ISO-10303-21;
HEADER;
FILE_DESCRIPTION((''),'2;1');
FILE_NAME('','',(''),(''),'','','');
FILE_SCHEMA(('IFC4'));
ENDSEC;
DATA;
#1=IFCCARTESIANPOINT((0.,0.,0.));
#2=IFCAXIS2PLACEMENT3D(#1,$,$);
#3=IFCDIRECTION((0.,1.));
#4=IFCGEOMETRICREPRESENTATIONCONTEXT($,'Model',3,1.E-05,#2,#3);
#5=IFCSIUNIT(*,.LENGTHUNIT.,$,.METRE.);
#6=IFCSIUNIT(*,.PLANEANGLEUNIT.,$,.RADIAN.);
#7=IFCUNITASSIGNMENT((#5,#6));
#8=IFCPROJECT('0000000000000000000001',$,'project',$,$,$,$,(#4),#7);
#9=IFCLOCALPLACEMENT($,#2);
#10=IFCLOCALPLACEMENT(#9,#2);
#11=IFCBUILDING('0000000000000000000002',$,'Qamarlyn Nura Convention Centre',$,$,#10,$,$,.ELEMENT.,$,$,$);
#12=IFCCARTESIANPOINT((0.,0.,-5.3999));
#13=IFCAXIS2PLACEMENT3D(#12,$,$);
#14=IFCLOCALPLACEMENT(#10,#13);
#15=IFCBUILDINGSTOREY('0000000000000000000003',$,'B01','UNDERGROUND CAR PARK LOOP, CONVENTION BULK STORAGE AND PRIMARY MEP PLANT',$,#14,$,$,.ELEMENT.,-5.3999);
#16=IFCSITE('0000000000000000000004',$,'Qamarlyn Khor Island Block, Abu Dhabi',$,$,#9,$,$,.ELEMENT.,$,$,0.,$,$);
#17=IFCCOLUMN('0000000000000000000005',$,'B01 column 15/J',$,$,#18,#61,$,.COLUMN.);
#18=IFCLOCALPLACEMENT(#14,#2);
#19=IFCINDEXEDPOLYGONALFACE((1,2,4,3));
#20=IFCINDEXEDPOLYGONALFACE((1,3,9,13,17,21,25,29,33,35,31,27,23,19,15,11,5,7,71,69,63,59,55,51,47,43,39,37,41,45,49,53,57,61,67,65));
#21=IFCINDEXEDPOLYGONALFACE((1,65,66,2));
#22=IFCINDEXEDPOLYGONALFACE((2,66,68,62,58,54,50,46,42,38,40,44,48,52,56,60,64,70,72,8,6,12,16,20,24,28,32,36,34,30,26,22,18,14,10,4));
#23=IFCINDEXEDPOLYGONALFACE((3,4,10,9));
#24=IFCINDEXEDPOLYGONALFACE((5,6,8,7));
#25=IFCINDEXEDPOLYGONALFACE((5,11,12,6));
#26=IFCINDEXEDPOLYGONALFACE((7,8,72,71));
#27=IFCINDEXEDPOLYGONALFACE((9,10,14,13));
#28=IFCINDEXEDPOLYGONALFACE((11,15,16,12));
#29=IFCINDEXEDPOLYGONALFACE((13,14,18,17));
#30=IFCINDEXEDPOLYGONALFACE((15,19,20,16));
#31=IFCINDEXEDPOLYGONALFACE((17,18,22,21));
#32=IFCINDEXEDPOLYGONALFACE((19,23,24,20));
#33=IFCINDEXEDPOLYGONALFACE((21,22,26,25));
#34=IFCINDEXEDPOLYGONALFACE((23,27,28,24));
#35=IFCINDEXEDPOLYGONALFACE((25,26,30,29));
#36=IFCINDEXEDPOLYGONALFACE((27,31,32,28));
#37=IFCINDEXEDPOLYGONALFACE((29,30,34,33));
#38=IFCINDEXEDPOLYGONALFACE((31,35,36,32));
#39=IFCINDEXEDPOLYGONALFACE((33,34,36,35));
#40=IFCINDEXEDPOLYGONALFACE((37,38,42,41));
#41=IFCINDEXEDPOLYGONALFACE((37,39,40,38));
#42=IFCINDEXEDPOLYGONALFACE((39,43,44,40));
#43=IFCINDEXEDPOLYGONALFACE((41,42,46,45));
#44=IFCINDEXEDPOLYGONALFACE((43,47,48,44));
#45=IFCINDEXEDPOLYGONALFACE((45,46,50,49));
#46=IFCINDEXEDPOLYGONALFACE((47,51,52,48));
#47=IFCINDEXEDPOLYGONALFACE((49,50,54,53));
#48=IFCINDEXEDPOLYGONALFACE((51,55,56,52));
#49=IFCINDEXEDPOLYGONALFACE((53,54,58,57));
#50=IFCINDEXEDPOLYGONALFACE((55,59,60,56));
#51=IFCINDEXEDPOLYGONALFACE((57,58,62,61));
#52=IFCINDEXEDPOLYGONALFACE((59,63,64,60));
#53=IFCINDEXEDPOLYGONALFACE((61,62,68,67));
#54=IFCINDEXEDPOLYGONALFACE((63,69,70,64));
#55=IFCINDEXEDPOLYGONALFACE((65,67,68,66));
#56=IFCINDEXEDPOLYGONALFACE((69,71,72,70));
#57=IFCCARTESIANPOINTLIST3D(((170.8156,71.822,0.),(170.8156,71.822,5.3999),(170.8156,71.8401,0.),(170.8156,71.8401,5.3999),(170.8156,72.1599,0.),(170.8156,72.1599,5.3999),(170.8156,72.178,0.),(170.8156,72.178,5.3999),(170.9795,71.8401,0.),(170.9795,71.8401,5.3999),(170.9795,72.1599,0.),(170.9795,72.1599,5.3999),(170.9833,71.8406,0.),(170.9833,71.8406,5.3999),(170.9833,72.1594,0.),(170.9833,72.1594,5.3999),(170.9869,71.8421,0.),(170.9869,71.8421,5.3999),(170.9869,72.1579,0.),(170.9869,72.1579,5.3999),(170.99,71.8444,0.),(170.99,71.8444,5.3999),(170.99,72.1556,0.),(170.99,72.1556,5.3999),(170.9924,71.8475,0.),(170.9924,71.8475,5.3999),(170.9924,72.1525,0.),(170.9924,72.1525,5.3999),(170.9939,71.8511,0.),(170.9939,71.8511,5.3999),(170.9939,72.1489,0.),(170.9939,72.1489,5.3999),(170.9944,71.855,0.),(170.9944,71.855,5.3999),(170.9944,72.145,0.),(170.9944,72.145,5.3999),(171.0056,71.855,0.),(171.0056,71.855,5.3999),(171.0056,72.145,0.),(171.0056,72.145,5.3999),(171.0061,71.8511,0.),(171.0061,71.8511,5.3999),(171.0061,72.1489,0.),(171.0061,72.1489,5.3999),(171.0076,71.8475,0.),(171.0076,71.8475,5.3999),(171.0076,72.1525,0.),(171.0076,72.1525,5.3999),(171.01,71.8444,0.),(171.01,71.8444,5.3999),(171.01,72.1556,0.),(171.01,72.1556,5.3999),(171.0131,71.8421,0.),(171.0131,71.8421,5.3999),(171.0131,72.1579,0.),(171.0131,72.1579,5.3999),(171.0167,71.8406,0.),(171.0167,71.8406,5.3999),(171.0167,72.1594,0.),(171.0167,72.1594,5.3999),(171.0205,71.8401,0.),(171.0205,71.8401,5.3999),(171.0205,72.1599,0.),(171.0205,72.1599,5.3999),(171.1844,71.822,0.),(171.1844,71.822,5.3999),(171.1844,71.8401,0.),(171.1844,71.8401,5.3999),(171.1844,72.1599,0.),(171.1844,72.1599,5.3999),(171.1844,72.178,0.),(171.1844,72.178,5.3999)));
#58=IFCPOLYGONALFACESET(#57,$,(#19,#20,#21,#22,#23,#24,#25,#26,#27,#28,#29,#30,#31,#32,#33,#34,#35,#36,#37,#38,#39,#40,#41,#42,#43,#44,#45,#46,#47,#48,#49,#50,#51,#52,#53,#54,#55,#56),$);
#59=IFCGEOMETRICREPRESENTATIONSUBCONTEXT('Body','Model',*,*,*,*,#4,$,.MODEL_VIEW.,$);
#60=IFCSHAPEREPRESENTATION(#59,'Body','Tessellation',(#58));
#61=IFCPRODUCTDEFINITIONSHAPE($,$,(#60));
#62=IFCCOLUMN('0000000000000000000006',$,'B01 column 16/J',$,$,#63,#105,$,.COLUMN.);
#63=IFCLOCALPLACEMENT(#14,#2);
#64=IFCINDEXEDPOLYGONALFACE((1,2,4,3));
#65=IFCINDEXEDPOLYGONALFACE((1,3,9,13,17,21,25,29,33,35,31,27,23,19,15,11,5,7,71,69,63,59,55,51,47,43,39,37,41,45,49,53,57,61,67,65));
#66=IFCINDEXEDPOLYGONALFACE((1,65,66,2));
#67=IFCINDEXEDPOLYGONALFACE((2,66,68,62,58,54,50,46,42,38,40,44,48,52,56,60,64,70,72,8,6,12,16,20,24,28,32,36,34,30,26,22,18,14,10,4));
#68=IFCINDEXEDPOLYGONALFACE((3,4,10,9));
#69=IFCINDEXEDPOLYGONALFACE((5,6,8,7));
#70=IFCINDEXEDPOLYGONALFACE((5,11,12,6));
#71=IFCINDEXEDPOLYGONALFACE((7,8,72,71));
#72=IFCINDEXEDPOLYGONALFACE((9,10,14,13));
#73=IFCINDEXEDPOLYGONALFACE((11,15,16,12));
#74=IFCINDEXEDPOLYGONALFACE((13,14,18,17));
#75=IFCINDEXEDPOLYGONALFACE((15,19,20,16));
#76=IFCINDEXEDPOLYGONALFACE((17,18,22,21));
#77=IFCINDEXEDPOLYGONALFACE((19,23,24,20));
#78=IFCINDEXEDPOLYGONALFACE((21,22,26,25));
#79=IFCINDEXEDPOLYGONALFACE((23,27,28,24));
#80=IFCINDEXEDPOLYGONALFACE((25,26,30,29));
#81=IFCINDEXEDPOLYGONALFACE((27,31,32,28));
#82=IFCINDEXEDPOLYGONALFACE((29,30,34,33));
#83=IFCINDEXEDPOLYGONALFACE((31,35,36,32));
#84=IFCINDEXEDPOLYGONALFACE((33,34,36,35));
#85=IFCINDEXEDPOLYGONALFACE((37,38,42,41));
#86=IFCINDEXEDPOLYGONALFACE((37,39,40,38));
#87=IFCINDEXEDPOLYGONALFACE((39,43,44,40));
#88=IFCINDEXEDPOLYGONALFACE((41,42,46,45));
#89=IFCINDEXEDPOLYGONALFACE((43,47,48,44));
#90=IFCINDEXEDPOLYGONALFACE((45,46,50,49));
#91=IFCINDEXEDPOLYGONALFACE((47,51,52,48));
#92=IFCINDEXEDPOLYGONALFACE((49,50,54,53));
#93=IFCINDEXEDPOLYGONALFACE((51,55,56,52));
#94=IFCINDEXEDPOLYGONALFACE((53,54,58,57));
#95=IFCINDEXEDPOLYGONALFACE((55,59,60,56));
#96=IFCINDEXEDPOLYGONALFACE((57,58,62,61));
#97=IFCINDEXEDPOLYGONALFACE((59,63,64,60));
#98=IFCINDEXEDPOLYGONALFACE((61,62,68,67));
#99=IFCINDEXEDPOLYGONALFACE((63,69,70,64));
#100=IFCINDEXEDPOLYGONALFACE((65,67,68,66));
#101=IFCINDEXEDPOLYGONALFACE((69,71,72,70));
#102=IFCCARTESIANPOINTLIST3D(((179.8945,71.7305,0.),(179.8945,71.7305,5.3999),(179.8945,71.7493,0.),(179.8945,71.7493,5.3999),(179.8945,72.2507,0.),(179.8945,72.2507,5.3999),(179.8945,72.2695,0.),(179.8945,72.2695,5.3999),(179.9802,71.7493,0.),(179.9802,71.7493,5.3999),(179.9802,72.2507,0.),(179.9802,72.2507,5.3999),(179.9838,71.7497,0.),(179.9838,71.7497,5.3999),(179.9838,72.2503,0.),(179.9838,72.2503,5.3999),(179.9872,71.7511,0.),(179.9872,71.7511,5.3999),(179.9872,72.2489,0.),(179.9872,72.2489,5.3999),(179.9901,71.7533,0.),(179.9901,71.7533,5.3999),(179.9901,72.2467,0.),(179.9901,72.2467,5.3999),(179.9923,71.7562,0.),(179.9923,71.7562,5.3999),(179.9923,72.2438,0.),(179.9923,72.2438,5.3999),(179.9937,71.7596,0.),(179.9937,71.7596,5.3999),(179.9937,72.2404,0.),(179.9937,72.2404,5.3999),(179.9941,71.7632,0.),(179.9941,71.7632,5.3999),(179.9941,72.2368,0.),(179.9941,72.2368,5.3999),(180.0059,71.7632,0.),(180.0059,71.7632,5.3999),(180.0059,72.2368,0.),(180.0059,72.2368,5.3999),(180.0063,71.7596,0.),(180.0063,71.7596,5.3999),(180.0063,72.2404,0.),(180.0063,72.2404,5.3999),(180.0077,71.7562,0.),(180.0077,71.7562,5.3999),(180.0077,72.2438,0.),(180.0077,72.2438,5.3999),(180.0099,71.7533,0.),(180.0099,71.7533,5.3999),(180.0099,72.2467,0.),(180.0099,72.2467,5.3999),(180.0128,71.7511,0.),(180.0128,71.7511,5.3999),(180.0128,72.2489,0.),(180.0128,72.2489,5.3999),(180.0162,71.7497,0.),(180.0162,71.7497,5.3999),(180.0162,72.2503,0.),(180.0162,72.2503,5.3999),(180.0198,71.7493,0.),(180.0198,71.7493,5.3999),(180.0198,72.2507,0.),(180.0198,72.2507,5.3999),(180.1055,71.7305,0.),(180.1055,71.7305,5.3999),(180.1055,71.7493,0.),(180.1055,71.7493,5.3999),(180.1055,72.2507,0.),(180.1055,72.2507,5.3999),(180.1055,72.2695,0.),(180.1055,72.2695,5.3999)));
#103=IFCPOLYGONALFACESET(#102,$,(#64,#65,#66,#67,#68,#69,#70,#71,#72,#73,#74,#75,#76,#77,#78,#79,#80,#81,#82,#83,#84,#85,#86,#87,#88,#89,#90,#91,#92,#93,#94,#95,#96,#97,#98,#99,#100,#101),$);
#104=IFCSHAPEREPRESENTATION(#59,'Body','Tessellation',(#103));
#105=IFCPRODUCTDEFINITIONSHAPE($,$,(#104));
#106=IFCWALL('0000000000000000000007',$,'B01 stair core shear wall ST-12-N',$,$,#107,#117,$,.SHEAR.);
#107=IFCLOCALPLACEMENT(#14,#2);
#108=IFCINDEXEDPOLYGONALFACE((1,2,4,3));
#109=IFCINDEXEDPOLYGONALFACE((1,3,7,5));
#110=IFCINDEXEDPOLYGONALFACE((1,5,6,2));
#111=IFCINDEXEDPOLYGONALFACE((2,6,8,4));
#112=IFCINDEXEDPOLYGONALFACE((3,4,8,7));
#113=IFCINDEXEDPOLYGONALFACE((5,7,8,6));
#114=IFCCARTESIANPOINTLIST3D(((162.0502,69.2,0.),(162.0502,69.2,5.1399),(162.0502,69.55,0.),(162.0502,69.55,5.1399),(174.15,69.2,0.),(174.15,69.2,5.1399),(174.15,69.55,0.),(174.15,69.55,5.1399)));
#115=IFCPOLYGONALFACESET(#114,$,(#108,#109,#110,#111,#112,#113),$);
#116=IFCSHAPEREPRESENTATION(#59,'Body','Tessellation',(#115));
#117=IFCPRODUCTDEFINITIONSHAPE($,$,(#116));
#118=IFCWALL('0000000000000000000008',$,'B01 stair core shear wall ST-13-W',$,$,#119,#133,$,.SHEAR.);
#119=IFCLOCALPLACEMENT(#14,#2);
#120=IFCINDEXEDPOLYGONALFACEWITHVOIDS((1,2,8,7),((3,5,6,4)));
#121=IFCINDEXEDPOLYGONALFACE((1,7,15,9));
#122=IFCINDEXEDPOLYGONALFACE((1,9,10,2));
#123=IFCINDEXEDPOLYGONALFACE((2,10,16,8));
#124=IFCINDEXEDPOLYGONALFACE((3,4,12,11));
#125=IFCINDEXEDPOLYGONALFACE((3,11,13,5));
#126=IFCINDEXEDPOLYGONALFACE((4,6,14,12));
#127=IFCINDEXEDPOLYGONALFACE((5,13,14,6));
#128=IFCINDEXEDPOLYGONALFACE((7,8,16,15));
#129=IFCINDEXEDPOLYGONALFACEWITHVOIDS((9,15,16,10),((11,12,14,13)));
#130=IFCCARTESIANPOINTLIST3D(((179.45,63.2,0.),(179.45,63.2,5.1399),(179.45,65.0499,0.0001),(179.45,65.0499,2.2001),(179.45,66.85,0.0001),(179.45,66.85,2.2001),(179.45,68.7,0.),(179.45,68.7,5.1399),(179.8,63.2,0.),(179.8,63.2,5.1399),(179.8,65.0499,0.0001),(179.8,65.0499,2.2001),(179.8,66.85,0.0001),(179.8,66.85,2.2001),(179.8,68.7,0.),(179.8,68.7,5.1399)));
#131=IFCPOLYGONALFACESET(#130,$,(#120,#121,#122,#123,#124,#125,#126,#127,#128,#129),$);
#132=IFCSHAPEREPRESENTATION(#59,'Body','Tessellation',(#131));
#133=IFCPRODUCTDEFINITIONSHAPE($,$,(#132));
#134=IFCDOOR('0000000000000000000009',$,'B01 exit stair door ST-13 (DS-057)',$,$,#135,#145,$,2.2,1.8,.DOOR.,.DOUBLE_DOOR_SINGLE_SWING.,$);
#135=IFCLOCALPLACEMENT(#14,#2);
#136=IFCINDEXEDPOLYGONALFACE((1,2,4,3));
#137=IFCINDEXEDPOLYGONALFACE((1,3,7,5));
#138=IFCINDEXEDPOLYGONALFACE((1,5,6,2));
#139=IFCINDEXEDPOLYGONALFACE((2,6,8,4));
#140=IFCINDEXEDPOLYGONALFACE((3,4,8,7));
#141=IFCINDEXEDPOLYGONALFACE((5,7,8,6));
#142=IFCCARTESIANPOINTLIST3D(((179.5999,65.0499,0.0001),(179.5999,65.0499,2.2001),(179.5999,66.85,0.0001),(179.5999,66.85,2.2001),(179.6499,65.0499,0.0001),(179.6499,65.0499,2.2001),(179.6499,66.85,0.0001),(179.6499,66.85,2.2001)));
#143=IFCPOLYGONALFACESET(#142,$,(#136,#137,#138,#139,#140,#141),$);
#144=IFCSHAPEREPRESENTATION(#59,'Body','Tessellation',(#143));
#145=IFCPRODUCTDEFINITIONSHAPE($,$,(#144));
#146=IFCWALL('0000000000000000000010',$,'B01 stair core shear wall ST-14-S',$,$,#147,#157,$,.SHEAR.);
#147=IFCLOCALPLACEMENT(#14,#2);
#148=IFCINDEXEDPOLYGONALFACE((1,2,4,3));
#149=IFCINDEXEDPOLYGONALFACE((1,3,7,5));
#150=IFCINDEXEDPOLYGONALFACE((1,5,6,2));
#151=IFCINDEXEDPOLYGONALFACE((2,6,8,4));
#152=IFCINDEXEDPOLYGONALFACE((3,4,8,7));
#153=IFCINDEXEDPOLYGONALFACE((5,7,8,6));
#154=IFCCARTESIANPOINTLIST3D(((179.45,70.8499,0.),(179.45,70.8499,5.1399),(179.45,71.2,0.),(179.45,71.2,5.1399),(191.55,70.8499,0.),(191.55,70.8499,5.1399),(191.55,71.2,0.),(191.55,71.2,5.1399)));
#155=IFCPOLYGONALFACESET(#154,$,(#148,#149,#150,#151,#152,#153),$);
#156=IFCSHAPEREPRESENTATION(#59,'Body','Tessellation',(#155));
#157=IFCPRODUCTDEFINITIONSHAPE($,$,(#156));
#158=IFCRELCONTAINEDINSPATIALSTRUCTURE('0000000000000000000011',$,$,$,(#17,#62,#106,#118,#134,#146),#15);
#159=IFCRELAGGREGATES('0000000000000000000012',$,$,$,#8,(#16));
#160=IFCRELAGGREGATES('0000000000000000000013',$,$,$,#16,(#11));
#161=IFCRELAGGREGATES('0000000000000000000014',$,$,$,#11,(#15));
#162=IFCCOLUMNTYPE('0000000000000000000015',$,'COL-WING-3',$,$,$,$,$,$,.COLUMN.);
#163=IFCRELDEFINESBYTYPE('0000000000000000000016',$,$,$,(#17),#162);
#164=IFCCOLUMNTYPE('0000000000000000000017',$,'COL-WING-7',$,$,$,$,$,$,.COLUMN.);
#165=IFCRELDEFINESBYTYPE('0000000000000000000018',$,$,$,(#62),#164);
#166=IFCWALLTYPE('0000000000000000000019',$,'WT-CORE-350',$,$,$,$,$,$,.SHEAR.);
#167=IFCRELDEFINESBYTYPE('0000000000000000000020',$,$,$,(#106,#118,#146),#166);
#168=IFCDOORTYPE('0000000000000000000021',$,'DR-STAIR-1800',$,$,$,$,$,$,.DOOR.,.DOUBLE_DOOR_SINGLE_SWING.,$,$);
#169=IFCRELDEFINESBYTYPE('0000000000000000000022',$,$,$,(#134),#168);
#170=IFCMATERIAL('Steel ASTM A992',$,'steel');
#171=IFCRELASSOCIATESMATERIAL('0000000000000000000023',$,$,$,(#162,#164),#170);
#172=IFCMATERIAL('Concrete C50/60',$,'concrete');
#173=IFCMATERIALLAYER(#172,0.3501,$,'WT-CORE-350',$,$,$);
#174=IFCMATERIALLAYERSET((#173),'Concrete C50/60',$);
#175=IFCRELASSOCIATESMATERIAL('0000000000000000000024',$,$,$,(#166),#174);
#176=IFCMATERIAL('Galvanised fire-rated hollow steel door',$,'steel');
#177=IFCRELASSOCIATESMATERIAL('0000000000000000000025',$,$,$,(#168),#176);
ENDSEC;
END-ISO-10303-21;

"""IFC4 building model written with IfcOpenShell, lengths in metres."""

from ifc_helpers import new_model, si_unit, direction, frame, frame_2d, origin, origin_2d, place, context, subcontext, project, spatial, rectangle, i_section, extrude, material, layer, layer_set, material_profile, profile_set, type_object, element, fill, save


model = new_model("IFC4")

# Units and contexts
model_context = context("Model", 3, precision=1e-05, world=origin(), true_north=direction((0.0, 1.0)))
body_context = subcontext(model_context, "Body", "Model", "MODEL_VIEW")
ifc_project = project(units=[si_unit("LENGTHUNIT", "METRE"), si_unit("PLANEANGLEUNIT", "RADIAN")], contexts=[model_context])

# Site, building, storey
site_placement = place(None, origin())
site = spatial("IfcSite", under=ifc_project, at=site_placement, Name="Qamarlyn Khor Island Block, Abu Dhabi", CompositionType="ELEMENT", RefElevation=0.0)
building_placement = place(site_placement, origin())
building = spatial("IfcBuilding", under=site, at=building_placement, Name="Qamarlyn Nura Convention Centre", CompositionType="ELEMENT")
storey_placement = place(building_placement, frame((0.0, 0.0, -5.3999)))
storey = spatial("IfcBuildingStorey", under=building, at=storey_placement, Name="B01", Description="UNDERGROUND CAR PARK LOOP, CONVENTION BULK STORAGE AND PRIMARY MEP PLANT", CompositionType="ELEMENT", Elevation=-5.3999)

# Columns
ifc_material_1 = material(Name="Steel ASTM A992", Category="steel")
ifc_material_profile_1 = material_profile(ifc_material_1, i_section(OverallWidth=0.3689, OverallDepth=0.356, WebThickness=0.0112, FlangeThickness=0.0181, FilletRadius=0.0149, at=origin_2d()), Name="W360X134")
ifc_profile_set_1 = profile_set([ifc_material_profile_1], Name="Steel ASTM A992")
column_type_1 = type_object("IfcColumnType", Name="COL-WING-3", PredefinedType="COLUMN", material=ifc_profile_set_1)
column_1_placement = place(storey_placement, frame((171.0, 72.0, 0.0), z_axis=(0.0, 0.0, 1.0), x_axis=(1.0, 0.0, 0.0)))
element("IfcColumn", 1, at=column_1_placement, inside=storey, type_object=column_type_1, Name="B01 column 15/J", PredefinedType="COLUMN", context=body_context, shape_type="SweptSolid", body=[
    extrude(i_section(OverallWidth=0.3689, OverallDepth=0.356, WebThickness=0.0112, FlangeThickness=0.0181, FilletRadius=0.0149, at=origin_2d()), origin(), (0.0, 0.0, 1.0), 5.3999),
])
ifc_material_profile_2 = material_profile(ifc_material_1, i_section(OverallWidth=0.2109, OverallDepth=0.5391, WebThickness=0.0117, FlangeThickness=0.0188, FilletRadius=0.0139, at=origin_2d()), Name="W530X109")
ifc_profile_set_2 = profile_set([ifc_material_profile_2], Name="Steel ASTM A992")
column_type_2 = type_object("IfcColumnType", Name="COL-WING-7", PredefinedType="COLUMN", material=ifc_profile_set_2)
column_2_placement = place(storey_placement, frame((180.0, 72.0, 0.0), z_axis=(0.0, 0.0, 1.0), x_axis=(1.0, 0.0, 0.0)))
element("IfcColumn", 2, at=column_2_placement, inside=storey, type_object=column_type_2, Name="B01 column 16/J", PredefinedType="COLUMN", context=body_context, shape_type="SweptSolid", body=[
    extrude(i_section(OverallWidth=0.2109, OverallDepth=0.5391, WebThickness=0.0117, FlangeThickness=0.0188, FilletRadius=0.0139, at=origin_2d()), origin(), (0.0, 0.0, 1.0), 5.3999),
])

# Wall
ifc_material_2 = material(Name="Concrete C50/60", Category="concrete")
ifc_layer = layer(ifc_material_2, 0.3501, Name="WT-CORE-350")
ifc_layer_set = layer_set([ifc_layer], Name="Concrete C50/60")
wall_type = type_object("IfcWallType", Name="WT-CORE-350", PredefinedType="SHEAR", material=ifc_layer_set)
wall_1_placement = place(storey_placement, frame((174.1499, 69.375, 0.0), z_axis=(0.0, 0.0, 1.0), x_axis=(-1.0, 0.0, 0.0)))
element("IfcWall", 3, at=wall_1_placement, inside=storey, type_object=wall_type, Name="B01 stair core shear wall ST-12-N", PredefinedType="SHEAR", context=body_context, shape_type="SweptSolid", body=[
    extrude(rectangle(XDim=12.0999, YDim=0.3501, at=frame_2d((6.0498, 0.0))), origin(), (0.0, 0.0, 1.0), 5.1399),
])

# Wall, opening, door
wall_2_placement = place(storey_placement, frame((179.625, 68.7, 0.0), z_axis=(0.0, 0.0, 1.0), x_axis=(0.0, -1.0, 0.0)))
wall_2 = element("IfcWall", 4, at=wall_2_placement, inside=storey, type_object=wall_type, Name="B01 stair core shear wall ST-13-W", PredefinedType="SHEAR", context=body_context, shape_type="SweptSolid", body=[
    extrude(rectangle(XDim=5.5, YDim=0.3501, at=frame_2d((2.75, 0.0))), origin(), (0.0, 0.0, 1.0), 5.1399),
])
opening_placement = place(wall_2_placement, frame((1.8501, 0.0, 0.0)))
opening = element("IfcOpeningElement", 5, at=opening_placement, cuts=wall_2, PredefinedType="OPENING", context=body_context, shape_type="SweptSolid", body=[
    extrude(rectangle(XDim=1.8, YDim=2.2, at=frame_2d((0.8999, 1.1001))), frame((0.0, 0.1851, 0.0), z_axis=(0.0, -1.0, 0.0), x_axis=(1.0, 0.0, 0.0)), (0.0, 0.0, 1.0), 0.3701),
])
ifc_material_3 = material(Name="Galvanised fire-rated hollow steel door", Category="steel")
door_type = type_object("IfcDoorType", Name="DR-STAIR-1800", OperationType="DOUBLE_DOOR_SINGLE_SWING", PredefinedType="DOOR", material=ifc_material_3)
door_placement = place(opening_placement, origin())
door = element("IfcDoor", 6, at=door_placement, inside=storey, type_object=door_type, Name="B01 exit stair door ST-13 (DS-057)", OperationType="DOUBLE_DOOR_SINGLE_SWING", OverallHeight=2.2, OverallWidth=1.8, PredefinedType="DOOR", context=body_context, shape_type="SweptSolid", body=[
    extrude(rectangle(XDim=1.8, YDim=2.2, at=frame_2d((0.8999, 1.1001))), frame((0.0, 0.0249, 0.0), z_axis=(0.0, -1.0, 0.0), x_axis=(1.0, 0.0, 0.0)), (0.0, 0.0, 1.0), 0.05),
])
fill(opening, door)

# Wall
wall_3_placement = place(storey_placement, frame((179.45, 71.0249, 0.0), z_axis=(0.0, 0.0, 1.0), x_axis=(1.0, 0.0, 0.0)))
element("IfcWall", 7, at=wall_3_placement, inside=storey, type_object=wall_type, Name="B01 stair core shear wall ST-14-S", PredefinedType="SHEAR", context=body_context, shape_type="SweptSolid", body=[
    extrude(rectangle(XDim=12.1001, YDim=0.3501, at=frame_2d((6.05, 0.0))), origin(), (0.0, 0.0, 1.0), 5.1399),
])

save(model, "model.ifc")
